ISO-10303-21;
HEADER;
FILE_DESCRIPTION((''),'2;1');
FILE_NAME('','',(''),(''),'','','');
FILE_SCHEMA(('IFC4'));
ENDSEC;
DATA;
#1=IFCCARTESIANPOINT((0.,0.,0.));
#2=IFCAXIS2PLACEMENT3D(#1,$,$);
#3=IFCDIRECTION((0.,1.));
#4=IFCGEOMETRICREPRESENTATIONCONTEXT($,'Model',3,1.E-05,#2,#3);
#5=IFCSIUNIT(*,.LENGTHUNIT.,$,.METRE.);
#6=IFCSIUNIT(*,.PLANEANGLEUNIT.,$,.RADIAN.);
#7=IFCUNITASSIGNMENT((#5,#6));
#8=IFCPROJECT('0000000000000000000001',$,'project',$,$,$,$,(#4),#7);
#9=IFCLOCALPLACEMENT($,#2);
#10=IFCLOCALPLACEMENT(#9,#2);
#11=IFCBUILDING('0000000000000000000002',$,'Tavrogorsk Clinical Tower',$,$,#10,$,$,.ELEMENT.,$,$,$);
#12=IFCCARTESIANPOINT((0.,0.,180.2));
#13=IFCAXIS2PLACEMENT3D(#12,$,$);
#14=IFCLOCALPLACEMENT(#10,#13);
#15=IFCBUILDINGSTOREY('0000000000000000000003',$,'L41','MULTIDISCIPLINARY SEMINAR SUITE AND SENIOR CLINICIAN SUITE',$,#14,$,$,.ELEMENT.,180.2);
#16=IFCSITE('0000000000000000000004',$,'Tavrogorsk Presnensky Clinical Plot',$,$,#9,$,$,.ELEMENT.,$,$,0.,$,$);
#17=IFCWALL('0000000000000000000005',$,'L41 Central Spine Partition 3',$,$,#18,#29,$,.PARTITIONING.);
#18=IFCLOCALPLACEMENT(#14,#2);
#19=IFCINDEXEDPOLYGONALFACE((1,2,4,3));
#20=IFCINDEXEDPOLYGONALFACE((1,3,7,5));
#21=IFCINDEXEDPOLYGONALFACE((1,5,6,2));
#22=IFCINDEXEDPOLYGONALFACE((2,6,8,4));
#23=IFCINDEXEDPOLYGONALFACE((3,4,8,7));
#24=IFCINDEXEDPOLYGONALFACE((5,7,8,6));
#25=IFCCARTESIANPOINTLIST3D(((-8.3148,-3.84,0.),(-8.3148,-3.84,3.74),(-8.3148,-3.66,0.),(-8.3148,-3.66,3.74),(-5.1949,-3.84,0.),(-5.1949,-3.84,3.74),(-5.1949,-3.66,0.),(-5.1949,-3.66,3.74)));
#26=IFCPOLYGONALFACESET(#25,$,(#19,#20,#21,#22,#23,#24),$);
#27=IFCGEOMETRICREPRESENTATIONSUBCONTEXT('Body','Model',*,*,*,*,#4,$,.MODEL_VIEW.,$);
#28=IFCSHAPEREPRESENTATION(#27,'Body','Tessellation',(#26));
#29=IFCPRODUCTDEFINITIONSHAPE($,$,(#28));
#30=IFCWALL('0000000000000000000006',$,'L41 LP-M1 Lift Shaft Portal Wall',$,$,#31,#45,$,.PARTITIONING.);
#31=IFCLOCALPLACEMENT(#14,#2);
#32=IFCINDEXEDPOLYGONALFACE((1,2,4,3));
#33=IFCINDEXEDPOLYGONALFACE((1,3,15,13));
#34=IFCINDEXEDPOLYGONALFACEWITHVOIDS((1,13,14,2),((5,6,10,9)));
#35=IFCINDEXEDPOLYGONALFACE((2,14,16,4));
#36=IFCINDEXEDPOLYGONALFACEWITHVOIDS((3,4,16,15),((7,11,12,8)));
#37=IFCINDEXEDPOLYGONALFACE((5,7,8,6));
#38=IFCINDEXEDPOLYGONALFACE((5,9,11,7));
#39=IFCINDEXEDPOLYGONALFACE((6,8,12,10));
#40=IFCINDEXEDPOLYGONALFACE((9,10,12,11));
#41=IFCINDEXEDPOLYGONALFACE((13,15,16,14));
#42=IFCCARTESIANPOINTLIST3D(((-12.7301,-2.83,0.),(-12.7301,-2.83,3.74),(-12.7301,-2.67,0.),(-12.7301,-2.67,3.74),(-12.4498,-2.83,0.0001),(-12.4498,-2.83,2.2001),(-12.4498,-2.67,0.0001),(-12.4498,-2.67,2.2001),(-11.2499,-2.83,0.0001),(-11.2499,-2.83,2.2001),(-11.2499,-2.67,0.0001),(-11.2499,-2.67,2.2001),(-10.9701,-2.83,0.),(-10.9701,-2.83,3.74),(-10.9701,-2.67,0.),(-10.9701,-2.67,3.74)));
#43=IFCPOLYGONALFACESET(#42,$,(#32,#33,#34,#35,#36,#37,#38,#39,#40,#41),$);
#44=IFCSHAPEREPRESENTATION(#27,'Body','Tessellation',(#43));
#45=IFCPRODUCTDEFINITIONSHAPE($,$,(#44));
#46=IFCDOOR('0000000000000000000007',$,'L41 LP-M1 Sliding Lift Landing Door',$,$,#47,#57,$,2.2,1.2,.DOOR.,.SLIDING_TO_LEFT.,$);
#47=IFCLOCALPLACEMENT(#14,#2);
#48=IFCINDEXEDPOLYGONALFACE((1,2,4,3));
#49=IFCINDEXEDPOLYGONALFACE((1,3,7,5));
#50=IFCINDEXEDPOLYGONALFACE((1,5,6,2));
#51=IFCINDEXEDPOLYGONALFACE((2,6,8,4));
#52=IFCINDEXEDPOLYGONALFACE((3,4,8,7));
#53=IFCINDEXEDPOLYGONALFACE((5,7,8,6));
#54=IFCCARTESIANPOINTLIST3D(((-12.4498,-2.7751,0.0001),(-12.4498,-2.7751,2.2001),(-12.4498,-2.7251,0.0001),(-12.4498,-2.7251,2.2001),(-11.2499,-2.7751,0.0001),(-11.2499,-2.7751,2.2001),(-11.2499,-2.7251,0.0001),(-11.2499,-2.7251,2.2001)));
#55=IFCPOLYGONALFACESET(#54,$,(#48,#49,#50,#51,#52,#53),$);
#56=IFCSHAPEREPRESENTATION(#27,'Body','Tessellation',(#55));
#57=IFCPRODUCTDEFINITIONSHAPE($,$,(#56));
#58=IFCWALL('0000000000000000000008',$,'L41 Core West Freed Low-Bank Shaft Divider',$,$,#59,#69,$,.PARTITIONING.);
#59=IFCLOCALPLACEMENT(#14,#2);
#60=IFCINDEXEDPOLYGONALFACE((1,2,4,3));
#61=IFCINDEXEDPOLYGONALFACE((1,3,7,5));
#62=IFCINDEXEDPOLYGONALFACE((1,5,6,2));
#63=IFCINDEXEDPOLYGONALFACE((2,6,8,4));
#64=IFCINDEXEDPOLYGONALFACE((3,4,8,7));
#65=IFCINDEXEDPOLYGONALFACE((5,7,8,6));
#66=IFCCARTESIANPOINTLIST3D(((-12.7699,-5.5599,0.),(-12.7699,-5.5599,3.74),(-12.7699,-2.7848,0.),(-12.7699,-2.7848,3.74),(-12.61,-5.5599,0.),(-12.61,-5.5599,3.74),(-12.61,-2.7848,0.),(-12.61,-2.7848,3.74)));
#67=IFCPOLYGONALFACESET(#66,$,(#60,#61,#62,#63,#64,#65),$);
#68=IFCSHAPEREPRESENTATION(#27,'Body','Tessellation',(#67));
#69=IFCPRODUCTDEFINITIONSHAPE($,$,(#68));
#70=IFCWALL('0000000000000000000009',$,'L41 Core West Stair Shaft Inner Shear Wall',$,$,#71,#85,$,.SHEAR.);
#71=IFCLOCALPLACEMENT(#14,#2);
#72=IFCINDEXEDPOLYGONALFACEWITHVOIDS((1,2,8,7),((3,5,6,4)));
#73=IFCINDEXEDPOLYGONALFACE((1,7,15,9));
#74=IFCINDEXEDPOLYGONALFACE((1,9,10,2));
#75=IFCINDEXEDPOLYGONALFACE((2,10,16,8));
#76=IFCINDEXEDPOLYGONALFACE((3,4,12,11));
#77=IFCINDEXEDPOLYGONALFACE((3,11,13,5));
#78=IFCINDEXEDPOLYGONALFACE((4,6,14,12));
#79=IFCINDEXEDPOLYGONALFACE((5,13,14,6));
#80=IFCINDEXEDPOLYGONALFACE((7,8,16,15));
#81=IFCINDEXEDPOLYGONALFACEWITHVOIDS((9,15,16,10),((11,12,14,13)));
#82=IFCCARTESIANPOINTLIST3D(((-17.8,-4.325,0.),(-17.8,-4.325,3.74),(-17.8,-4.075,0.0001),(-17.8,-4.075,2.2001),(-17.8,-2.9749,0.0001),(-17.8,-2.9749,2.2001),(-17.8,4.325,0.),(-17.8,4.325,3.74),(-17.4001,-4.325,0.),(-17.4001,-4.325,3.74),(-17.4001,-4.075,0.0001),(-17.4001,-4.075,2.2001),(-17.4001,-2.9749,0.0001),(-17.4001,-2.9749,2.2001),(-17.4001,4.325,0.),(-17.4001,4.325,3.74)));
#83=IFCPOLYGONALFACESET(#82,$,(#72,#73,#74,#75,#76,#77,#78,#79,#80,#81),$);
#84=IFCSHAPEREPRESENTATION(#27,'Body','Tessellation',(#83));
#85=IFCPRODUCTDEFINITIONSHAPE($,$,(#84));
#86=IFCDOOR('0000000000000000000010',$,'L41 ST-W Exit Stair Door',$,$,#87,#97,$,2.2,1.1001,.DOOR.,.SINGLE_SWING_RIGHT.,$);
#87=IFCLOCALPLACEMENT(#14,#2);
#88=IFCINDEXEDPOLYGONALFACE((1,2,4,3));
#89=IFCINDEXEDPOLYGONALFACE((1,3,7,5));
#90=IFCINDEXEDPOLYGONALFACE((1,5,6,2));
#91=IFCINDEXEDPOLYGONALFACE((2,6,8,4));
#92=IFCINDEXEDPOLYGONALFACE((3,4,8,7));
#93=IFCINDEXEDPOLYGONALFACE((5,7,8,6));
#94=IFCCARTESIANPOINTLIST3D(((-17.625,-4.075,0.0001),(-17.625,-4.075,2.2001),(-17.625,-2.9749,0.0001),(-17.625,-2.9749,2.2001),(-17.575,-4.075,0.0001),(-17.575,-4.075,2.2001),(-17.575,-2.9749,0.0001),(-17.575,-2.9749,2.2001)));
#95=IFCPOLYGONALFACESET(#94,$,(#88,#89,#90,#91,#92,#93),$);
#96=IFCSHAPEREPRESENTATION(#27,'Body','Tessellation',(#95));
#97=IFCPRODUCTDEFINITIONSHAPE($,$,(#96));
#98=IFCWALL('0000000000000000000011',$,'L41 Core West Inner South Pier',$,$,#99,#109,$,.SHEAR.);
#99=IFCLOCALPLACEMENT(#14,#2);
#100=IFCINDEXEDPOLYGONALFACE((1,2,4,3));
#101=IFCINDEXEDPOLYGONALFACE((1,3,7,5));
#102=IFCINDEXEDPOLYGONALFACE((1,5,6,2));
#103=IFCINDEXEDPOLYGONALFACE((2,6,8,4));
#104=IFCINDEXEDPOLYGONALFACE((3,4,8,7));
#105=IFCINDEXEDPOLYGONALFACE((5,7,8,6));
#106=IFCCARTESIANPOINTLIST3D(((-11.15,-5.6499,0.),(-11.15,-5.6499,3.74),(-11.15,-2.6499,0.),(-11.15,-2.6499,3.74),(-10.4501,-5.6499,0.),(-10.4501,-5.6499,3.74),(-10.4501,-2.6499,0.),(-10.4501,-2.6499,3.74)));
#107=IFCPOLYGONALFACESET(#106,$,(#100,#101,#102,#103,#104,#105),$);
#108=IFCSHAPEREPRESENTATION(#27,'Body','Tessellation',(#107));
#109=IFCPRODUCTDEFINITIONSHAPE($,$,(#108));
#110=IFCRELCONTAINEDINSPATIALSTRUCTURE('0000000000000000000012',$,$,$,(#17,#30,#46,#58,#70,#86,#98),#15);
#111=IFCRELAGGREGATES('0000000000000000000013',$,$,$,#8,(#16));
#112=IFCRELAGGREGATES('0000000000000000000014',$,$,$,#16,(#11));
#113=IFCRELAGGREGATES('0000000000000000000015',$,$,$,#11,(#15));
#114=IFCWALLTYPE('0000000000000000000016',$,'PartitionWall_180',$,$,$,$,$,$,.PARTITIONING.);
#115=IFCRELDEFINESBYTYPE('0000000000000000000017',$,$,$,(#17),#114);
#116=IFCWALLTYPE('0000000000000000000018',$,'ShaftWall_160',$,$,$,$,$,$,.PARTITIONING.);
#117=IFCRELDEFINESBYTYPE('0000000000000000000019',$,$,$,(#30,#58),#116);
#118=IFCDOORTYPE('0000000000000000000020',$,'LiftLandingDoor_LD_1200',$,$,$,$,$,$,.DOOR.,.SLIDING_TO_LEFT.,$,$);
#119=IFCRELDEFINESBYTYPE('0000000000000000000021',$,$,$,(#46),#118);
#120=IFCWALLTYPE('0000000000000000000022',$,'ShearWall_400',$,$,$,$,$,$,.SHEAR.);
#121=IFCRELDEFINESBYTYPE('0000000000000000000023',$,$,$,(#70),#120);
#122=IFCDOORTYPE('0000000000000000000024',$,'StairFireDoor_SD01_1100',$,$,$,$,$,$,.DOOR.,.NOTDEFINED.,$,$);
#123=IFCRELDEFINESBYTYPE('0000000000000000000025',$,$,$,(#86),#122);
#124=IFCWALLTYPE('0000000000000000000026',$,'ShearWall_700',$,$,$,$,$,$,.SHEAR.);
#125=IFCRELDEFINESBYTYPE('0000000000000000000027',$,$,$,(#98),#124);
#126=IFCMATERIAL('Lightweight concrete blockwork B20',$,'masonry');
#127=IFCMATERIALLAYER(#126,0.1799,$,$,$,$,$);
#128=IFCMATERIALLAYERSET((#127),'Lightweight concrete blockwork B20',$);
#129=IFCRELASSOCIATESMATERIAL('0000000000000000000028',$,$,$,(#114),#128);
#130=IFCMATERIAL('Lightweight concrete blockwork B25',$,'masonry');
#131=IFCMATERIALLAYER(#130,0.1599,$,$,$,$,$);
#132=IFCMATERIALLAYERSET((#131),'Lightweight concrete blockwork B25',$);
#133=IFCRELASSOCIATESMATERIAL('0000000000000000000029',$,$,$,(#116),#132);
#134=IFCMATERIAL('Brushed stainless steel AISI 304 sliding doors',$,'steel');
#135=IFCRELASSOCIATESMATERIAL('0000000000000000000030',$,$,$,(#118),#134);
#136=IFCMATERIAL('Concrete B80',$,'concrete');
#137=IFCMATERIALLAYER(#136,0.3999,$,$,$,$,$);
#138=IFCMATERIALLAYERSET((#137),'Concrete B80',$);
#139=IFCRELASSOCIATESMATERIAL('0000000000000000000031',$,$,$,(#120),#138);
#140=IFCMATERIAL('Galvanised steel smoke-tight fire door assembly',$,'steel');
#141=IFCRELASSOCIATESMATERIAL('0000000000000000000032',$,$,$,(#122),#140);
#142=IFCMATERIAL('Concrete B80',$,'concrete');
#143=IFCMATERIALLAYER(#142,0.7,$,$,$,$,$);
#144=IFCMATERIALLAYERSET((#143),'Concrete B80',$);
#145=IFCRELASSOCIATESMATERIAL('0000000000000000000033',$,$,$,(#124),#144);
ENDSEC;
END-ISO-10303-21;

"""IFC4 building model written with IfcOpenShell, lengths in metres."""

from ifc_helpers import new_model, si_unit, direction, frame, frame_2d, origin, place, context, subcontext, project, spatial, rectangle, extrude, material, layer, layer_set, type_object, element, fill, save


model = new_model("IFC4")

# Units and contexts
model_context = context("Model", 3, precision=1e-05, world=origin(), true_north=direction((0.0, 1.0)))
body_context = subcontext(model_context, "Body", "Model", "MODEL_VIEW")
ifc_project = project(units=[si_unit("LENGTHUNIT", "METRE"), si_unit("PLANEANGLEUNIT", "RADIAN")], contexts=[model_context])

# Site, building, storey
site_placement = place(None, origin())
site = spatial("IfcSite", under=ifc_project, at=site_placement, Name="Tavrogorsk Presnensky Clinical Plot", CompositionType="ELEMENT", RefElevation=0.0)
building_placement = place(site_placement, origin())
building = spatial("IfcBuilding", under=site, at=building_placement, Name="Tavrogorsk Clinical Tower", CompositionType="ELEMENT")
storey_placement = place(building_placement, frame((0.0, 0.0, 180.2)))
storey = spatial("IfcBuildingStorey", under=building, at=storey_placement, Name="L41", Description="MULTIDISCIPLINARY SEMINAR SUITE AND SENIOR CLINICIAN SUITE", CompositionType="ELEMENT", Elevation=180.2)

# Wall
ifc_material_1 = material(Name="Lightweight concrete blockwork B20", Category="masonry")
ifc_layer_1 = layer(ifc_material_1, 0.1799)
ifc_layer_set_1 = layer_set([ifc_layer_1], Name="Lightweight concrete blockwork B20")
wall_type_1 = type_object("IfcWallType", Name="PartitionWall_180", PredefinedType="PARTITIONING", material=ifc_layer_set_1)
wall_1_placement = place(storey_placement, frame((-8.3149, -3.75, 0.0), z_axis=(0.0, 0.0, 1.0), x_axis=(1.0, 0.0, 0.0)))
element("IfcWall", 1, at=wall_1_placement, inside=storey, type_object=wall_type_1, Name="L41 Central Spine Partition 3", PredefinedType="PARTITIONING", context=body_context, shape_type="SweptSolid", body=[
    extrude(rectangle(XDim=3.1199, YDim=0.1799, at=frame_2d((1.5601, 0.0))), origin(), (0.0, 0.0, 1.0), 3.74),
])

# Wall, opening, door
ifc_material_2 = material(Name="Lightweight concrete blockwork B25", Category="masonry")
ifc_layer_2 = layer(ifc_material_2, 0.1599)
ifc_layer_set_2 = layer_set([ifc_layer_2], Name="Lightweight concrete blockwork B25")
wall_type_2 = type_object("IfcWallType", Name="ShaftWall_160", PredefinedType="PARTITIONING", material=ifc_layer_set_2)
wall_2_placement = place(storey_placement, frame((-12.73, -2.75, 0.0), z_axis=(0.0, 0.0, 1.0), x_axis=(1.0, 0.0, 0.0)))
wall_2 = element("IfcWall", 2, at=wall_2_placement, inside=storey, type_object=wall_type_2, Name="L41 LP-M1 Lift Shaft Portal Wall", PredefinedType="PARTITIONING", context=body_context, shape_type="SweptSolid", body=[
    extrude(rectangle(XDim=1.76, YDim=0.1599, at=frame_2d((0.8799, 0.0))), origin(), (0.0, 0.0, 1.0), 3.74),
])
opening_1_placement = place(wall_2_placement, frame((0.28, 0.0, 0.0)))
opening_1 = element("IfcOpeningElement", 3, at=opening_1_placement, cuts=wall_2, PredefinedType="OPENING", context=body_context, shape_type="SweptSolid", body=[
    extrude(rectangle(XDim=1.2, YDim=2.2, at=frame_2d((0.6001, 1.1001))), frame((0.0, 0.0898, 0.0), z_axis=(0.0, -1.0, 0.0), x_axis=(1.0, 0.0, 0.0)), (0.0, 0.0, 1.0), 0.1799),
])
ifc_material_3 = material(Name="Brushed stainless steel AISI 304 sliding doors", Category="steel")
door_type_1 = type_object("IfcDoorType", Name="LiftLandingDoor_LD_1200", OperationType="SLIDING_TO_LEFT", PredefinedType="DOOR", material=ifc_material_3)
door_1_placement = place(opening_1_placement, origin())
door_1 = element("IfcDoor", 4, at=door_1_placement, inside=storey, type_object=door_type_1, Name="L41 LP-M1 Sliding Lift Landing Door", OperationType="SLIDING_TO_LEFT", OverallHeight=2.2, OverallWidth=1.2, PredefinedType="DOOR", context=body_context, shape_type="SweptSolid", body=[
    extrude(rectangle(XDim=1.2, YDim=2.2, at=frame_2d((0.6001, 1.1001))), frame((0.0, 0.0249, 0.0), z_axis=(0.0, -1.0, 0.0), x_axis=(1.0, 0.0, 0.0)), (0.0, 0.0, 1.0), 0.05),
])
fill(opening_1, door_1)

# Wall
wall_3_placement = place(storey_placement, frame((-12.6899, -5.5601, 0.0), z_axis=(0.0, 0.0, 1.0), x_axis=(0.0, 1.0, 0.0)))
element("IfcWall", 5, at=wall_3_placement, inside=storey, type_object=wall_type_2, Name="L41 Core West Freed Low-Bank Shaft Divider", PredefinedType="PARTITIONING", context=body_context, shape_type="SweptSolid", body=[
    extrude(rectangle(XDim=2.7751, YDim=0.1599, at=frame_2d((1.3877, 0.0))), origin(), (0.0, 0.0, 1.0), 3.74),
])

# Wall, opening, door
ifc_material_4 = material(Name="Concrete B80", Category="concrete")
ifc_layer_3 = layer(ifc_material_4, 0.3999)
ifc_layer_set_3 = layer_set([ifc_layer_3], Name="Concrete B80")
wall_type_3 = type_object("IfcWallType", Name="ShearWall_400", PredefinedType="SHEAR", material=ifc_layer_set_3)
wall_4_placement = place(storey_placement, frame((-17.6001, -4.325, 0.0), z_axis=(0.0, 0.0, 1.0), x_axis=(0.0, 1.0, 0.0)))
wall_4 = element("IfcWall", 6, at=wall_4_placement, inside=storey, type_object=wall_type_3, Name="L41 Core West Stair Shaft Inner Shear Wall", PredefinedType="SHEAR", context=body_context, shape_type="SweptSolid", body=[
    extrude(rectangle(XDim=8.6499, YDim=0.3999, at=frame_2d((4.325, 0.0))), origin(), (0.0, 0.0, 1.0), 3.74),
])
opening_2_placement = place(wall_4_placement, frame((0.25, 0.0, 0.0)))
opening_2 = element("IfcOpeningElement", 7, at=opening_2_placement, cuts=wall_4, PredefinedType="OPENING", context=body_context, shape_type="SweptSolid", body=[
    extrude(rectangle(XDim=1.1001, YDim=2.2, at=frame_2d((0.55, 1.1001))), frame((0.0, 0.21, 0.0), z_axis=(0.0, -1.0, 0.0), x_axis=(1.0, 0.0, 0.0)), (0.0, 0.0, 1.0), 0.4199),
])
ifc_material_5 = material(Name="Galvanised steel smoke-tight fire door assembly", Category="steel")
door_type_2 = type_object("IfcDoorType", Name="StairFireDoor_SD01_1100", OperationType="NOTDEFINED", PredefinedType="DOOR", material=ifc_material_5)
door_2_placement = place(opening_2_placement, origin())
door_2 = element("IfcDoor", 8, at=door_2_placement, inside=storey, type_object=door_type_2, Name="L41 ST-W Exit Stair Door", OperationType="SINGLE_SWING_RIGHT", OverallHeight=2.2, OverallWidth=1.1001, PredefinedType="DOOR", context=body_context, shape_type="SweptSolid", body=[
    extrude(rectangle(XDim=1.1001, YDim=2.2, at=frame_2d((0.55, 1.1001))), frame((0.0, 0.0249, 0.0), z_axis=(0.0, -1.0, 0.0), x_axis=(1.0, 0.0, 0.0)), (0.0, 0.0, 1.0), 0.05),
])
fill(opening_2, door_2)

# Wall
ifc_material_6 = material(Name="Concrete B80", Category="concrete")
ifc_layer_4 = layer(ifc_material_6, 0.7)
ifc_layer_set_4 = layer_set([ifc_layer_4], Name="Concrete B80")
wall_type_4 = type_object("IfcWallType", Name="ShearWall_700", PredefinedType="SHEAR", material=ifc_layer_set_4)
wall_5_placement = place(storey_placement, frame((-10.8, -5.6499, 0.0), z_axis=(0.0, 0.0, 1.0), x_axis=(0.0, 1.0, 0.0)))
element("IfcWall", 9, at=wall_5_placement, inside=storey, type_object=wall_type_4, Name="L41 Core West Inner South Pier", PredefinedType="SHEAR", context=body_context, shape_type="SweptSolid", body=[
    extrude(rectangle(XDim=3.0, YDim=0.7, at=frame_2d((1.5, 0.0))), origin(), (0.0, 0.0, 1.0), 3.74),
])

save(model, "model.ifc")
